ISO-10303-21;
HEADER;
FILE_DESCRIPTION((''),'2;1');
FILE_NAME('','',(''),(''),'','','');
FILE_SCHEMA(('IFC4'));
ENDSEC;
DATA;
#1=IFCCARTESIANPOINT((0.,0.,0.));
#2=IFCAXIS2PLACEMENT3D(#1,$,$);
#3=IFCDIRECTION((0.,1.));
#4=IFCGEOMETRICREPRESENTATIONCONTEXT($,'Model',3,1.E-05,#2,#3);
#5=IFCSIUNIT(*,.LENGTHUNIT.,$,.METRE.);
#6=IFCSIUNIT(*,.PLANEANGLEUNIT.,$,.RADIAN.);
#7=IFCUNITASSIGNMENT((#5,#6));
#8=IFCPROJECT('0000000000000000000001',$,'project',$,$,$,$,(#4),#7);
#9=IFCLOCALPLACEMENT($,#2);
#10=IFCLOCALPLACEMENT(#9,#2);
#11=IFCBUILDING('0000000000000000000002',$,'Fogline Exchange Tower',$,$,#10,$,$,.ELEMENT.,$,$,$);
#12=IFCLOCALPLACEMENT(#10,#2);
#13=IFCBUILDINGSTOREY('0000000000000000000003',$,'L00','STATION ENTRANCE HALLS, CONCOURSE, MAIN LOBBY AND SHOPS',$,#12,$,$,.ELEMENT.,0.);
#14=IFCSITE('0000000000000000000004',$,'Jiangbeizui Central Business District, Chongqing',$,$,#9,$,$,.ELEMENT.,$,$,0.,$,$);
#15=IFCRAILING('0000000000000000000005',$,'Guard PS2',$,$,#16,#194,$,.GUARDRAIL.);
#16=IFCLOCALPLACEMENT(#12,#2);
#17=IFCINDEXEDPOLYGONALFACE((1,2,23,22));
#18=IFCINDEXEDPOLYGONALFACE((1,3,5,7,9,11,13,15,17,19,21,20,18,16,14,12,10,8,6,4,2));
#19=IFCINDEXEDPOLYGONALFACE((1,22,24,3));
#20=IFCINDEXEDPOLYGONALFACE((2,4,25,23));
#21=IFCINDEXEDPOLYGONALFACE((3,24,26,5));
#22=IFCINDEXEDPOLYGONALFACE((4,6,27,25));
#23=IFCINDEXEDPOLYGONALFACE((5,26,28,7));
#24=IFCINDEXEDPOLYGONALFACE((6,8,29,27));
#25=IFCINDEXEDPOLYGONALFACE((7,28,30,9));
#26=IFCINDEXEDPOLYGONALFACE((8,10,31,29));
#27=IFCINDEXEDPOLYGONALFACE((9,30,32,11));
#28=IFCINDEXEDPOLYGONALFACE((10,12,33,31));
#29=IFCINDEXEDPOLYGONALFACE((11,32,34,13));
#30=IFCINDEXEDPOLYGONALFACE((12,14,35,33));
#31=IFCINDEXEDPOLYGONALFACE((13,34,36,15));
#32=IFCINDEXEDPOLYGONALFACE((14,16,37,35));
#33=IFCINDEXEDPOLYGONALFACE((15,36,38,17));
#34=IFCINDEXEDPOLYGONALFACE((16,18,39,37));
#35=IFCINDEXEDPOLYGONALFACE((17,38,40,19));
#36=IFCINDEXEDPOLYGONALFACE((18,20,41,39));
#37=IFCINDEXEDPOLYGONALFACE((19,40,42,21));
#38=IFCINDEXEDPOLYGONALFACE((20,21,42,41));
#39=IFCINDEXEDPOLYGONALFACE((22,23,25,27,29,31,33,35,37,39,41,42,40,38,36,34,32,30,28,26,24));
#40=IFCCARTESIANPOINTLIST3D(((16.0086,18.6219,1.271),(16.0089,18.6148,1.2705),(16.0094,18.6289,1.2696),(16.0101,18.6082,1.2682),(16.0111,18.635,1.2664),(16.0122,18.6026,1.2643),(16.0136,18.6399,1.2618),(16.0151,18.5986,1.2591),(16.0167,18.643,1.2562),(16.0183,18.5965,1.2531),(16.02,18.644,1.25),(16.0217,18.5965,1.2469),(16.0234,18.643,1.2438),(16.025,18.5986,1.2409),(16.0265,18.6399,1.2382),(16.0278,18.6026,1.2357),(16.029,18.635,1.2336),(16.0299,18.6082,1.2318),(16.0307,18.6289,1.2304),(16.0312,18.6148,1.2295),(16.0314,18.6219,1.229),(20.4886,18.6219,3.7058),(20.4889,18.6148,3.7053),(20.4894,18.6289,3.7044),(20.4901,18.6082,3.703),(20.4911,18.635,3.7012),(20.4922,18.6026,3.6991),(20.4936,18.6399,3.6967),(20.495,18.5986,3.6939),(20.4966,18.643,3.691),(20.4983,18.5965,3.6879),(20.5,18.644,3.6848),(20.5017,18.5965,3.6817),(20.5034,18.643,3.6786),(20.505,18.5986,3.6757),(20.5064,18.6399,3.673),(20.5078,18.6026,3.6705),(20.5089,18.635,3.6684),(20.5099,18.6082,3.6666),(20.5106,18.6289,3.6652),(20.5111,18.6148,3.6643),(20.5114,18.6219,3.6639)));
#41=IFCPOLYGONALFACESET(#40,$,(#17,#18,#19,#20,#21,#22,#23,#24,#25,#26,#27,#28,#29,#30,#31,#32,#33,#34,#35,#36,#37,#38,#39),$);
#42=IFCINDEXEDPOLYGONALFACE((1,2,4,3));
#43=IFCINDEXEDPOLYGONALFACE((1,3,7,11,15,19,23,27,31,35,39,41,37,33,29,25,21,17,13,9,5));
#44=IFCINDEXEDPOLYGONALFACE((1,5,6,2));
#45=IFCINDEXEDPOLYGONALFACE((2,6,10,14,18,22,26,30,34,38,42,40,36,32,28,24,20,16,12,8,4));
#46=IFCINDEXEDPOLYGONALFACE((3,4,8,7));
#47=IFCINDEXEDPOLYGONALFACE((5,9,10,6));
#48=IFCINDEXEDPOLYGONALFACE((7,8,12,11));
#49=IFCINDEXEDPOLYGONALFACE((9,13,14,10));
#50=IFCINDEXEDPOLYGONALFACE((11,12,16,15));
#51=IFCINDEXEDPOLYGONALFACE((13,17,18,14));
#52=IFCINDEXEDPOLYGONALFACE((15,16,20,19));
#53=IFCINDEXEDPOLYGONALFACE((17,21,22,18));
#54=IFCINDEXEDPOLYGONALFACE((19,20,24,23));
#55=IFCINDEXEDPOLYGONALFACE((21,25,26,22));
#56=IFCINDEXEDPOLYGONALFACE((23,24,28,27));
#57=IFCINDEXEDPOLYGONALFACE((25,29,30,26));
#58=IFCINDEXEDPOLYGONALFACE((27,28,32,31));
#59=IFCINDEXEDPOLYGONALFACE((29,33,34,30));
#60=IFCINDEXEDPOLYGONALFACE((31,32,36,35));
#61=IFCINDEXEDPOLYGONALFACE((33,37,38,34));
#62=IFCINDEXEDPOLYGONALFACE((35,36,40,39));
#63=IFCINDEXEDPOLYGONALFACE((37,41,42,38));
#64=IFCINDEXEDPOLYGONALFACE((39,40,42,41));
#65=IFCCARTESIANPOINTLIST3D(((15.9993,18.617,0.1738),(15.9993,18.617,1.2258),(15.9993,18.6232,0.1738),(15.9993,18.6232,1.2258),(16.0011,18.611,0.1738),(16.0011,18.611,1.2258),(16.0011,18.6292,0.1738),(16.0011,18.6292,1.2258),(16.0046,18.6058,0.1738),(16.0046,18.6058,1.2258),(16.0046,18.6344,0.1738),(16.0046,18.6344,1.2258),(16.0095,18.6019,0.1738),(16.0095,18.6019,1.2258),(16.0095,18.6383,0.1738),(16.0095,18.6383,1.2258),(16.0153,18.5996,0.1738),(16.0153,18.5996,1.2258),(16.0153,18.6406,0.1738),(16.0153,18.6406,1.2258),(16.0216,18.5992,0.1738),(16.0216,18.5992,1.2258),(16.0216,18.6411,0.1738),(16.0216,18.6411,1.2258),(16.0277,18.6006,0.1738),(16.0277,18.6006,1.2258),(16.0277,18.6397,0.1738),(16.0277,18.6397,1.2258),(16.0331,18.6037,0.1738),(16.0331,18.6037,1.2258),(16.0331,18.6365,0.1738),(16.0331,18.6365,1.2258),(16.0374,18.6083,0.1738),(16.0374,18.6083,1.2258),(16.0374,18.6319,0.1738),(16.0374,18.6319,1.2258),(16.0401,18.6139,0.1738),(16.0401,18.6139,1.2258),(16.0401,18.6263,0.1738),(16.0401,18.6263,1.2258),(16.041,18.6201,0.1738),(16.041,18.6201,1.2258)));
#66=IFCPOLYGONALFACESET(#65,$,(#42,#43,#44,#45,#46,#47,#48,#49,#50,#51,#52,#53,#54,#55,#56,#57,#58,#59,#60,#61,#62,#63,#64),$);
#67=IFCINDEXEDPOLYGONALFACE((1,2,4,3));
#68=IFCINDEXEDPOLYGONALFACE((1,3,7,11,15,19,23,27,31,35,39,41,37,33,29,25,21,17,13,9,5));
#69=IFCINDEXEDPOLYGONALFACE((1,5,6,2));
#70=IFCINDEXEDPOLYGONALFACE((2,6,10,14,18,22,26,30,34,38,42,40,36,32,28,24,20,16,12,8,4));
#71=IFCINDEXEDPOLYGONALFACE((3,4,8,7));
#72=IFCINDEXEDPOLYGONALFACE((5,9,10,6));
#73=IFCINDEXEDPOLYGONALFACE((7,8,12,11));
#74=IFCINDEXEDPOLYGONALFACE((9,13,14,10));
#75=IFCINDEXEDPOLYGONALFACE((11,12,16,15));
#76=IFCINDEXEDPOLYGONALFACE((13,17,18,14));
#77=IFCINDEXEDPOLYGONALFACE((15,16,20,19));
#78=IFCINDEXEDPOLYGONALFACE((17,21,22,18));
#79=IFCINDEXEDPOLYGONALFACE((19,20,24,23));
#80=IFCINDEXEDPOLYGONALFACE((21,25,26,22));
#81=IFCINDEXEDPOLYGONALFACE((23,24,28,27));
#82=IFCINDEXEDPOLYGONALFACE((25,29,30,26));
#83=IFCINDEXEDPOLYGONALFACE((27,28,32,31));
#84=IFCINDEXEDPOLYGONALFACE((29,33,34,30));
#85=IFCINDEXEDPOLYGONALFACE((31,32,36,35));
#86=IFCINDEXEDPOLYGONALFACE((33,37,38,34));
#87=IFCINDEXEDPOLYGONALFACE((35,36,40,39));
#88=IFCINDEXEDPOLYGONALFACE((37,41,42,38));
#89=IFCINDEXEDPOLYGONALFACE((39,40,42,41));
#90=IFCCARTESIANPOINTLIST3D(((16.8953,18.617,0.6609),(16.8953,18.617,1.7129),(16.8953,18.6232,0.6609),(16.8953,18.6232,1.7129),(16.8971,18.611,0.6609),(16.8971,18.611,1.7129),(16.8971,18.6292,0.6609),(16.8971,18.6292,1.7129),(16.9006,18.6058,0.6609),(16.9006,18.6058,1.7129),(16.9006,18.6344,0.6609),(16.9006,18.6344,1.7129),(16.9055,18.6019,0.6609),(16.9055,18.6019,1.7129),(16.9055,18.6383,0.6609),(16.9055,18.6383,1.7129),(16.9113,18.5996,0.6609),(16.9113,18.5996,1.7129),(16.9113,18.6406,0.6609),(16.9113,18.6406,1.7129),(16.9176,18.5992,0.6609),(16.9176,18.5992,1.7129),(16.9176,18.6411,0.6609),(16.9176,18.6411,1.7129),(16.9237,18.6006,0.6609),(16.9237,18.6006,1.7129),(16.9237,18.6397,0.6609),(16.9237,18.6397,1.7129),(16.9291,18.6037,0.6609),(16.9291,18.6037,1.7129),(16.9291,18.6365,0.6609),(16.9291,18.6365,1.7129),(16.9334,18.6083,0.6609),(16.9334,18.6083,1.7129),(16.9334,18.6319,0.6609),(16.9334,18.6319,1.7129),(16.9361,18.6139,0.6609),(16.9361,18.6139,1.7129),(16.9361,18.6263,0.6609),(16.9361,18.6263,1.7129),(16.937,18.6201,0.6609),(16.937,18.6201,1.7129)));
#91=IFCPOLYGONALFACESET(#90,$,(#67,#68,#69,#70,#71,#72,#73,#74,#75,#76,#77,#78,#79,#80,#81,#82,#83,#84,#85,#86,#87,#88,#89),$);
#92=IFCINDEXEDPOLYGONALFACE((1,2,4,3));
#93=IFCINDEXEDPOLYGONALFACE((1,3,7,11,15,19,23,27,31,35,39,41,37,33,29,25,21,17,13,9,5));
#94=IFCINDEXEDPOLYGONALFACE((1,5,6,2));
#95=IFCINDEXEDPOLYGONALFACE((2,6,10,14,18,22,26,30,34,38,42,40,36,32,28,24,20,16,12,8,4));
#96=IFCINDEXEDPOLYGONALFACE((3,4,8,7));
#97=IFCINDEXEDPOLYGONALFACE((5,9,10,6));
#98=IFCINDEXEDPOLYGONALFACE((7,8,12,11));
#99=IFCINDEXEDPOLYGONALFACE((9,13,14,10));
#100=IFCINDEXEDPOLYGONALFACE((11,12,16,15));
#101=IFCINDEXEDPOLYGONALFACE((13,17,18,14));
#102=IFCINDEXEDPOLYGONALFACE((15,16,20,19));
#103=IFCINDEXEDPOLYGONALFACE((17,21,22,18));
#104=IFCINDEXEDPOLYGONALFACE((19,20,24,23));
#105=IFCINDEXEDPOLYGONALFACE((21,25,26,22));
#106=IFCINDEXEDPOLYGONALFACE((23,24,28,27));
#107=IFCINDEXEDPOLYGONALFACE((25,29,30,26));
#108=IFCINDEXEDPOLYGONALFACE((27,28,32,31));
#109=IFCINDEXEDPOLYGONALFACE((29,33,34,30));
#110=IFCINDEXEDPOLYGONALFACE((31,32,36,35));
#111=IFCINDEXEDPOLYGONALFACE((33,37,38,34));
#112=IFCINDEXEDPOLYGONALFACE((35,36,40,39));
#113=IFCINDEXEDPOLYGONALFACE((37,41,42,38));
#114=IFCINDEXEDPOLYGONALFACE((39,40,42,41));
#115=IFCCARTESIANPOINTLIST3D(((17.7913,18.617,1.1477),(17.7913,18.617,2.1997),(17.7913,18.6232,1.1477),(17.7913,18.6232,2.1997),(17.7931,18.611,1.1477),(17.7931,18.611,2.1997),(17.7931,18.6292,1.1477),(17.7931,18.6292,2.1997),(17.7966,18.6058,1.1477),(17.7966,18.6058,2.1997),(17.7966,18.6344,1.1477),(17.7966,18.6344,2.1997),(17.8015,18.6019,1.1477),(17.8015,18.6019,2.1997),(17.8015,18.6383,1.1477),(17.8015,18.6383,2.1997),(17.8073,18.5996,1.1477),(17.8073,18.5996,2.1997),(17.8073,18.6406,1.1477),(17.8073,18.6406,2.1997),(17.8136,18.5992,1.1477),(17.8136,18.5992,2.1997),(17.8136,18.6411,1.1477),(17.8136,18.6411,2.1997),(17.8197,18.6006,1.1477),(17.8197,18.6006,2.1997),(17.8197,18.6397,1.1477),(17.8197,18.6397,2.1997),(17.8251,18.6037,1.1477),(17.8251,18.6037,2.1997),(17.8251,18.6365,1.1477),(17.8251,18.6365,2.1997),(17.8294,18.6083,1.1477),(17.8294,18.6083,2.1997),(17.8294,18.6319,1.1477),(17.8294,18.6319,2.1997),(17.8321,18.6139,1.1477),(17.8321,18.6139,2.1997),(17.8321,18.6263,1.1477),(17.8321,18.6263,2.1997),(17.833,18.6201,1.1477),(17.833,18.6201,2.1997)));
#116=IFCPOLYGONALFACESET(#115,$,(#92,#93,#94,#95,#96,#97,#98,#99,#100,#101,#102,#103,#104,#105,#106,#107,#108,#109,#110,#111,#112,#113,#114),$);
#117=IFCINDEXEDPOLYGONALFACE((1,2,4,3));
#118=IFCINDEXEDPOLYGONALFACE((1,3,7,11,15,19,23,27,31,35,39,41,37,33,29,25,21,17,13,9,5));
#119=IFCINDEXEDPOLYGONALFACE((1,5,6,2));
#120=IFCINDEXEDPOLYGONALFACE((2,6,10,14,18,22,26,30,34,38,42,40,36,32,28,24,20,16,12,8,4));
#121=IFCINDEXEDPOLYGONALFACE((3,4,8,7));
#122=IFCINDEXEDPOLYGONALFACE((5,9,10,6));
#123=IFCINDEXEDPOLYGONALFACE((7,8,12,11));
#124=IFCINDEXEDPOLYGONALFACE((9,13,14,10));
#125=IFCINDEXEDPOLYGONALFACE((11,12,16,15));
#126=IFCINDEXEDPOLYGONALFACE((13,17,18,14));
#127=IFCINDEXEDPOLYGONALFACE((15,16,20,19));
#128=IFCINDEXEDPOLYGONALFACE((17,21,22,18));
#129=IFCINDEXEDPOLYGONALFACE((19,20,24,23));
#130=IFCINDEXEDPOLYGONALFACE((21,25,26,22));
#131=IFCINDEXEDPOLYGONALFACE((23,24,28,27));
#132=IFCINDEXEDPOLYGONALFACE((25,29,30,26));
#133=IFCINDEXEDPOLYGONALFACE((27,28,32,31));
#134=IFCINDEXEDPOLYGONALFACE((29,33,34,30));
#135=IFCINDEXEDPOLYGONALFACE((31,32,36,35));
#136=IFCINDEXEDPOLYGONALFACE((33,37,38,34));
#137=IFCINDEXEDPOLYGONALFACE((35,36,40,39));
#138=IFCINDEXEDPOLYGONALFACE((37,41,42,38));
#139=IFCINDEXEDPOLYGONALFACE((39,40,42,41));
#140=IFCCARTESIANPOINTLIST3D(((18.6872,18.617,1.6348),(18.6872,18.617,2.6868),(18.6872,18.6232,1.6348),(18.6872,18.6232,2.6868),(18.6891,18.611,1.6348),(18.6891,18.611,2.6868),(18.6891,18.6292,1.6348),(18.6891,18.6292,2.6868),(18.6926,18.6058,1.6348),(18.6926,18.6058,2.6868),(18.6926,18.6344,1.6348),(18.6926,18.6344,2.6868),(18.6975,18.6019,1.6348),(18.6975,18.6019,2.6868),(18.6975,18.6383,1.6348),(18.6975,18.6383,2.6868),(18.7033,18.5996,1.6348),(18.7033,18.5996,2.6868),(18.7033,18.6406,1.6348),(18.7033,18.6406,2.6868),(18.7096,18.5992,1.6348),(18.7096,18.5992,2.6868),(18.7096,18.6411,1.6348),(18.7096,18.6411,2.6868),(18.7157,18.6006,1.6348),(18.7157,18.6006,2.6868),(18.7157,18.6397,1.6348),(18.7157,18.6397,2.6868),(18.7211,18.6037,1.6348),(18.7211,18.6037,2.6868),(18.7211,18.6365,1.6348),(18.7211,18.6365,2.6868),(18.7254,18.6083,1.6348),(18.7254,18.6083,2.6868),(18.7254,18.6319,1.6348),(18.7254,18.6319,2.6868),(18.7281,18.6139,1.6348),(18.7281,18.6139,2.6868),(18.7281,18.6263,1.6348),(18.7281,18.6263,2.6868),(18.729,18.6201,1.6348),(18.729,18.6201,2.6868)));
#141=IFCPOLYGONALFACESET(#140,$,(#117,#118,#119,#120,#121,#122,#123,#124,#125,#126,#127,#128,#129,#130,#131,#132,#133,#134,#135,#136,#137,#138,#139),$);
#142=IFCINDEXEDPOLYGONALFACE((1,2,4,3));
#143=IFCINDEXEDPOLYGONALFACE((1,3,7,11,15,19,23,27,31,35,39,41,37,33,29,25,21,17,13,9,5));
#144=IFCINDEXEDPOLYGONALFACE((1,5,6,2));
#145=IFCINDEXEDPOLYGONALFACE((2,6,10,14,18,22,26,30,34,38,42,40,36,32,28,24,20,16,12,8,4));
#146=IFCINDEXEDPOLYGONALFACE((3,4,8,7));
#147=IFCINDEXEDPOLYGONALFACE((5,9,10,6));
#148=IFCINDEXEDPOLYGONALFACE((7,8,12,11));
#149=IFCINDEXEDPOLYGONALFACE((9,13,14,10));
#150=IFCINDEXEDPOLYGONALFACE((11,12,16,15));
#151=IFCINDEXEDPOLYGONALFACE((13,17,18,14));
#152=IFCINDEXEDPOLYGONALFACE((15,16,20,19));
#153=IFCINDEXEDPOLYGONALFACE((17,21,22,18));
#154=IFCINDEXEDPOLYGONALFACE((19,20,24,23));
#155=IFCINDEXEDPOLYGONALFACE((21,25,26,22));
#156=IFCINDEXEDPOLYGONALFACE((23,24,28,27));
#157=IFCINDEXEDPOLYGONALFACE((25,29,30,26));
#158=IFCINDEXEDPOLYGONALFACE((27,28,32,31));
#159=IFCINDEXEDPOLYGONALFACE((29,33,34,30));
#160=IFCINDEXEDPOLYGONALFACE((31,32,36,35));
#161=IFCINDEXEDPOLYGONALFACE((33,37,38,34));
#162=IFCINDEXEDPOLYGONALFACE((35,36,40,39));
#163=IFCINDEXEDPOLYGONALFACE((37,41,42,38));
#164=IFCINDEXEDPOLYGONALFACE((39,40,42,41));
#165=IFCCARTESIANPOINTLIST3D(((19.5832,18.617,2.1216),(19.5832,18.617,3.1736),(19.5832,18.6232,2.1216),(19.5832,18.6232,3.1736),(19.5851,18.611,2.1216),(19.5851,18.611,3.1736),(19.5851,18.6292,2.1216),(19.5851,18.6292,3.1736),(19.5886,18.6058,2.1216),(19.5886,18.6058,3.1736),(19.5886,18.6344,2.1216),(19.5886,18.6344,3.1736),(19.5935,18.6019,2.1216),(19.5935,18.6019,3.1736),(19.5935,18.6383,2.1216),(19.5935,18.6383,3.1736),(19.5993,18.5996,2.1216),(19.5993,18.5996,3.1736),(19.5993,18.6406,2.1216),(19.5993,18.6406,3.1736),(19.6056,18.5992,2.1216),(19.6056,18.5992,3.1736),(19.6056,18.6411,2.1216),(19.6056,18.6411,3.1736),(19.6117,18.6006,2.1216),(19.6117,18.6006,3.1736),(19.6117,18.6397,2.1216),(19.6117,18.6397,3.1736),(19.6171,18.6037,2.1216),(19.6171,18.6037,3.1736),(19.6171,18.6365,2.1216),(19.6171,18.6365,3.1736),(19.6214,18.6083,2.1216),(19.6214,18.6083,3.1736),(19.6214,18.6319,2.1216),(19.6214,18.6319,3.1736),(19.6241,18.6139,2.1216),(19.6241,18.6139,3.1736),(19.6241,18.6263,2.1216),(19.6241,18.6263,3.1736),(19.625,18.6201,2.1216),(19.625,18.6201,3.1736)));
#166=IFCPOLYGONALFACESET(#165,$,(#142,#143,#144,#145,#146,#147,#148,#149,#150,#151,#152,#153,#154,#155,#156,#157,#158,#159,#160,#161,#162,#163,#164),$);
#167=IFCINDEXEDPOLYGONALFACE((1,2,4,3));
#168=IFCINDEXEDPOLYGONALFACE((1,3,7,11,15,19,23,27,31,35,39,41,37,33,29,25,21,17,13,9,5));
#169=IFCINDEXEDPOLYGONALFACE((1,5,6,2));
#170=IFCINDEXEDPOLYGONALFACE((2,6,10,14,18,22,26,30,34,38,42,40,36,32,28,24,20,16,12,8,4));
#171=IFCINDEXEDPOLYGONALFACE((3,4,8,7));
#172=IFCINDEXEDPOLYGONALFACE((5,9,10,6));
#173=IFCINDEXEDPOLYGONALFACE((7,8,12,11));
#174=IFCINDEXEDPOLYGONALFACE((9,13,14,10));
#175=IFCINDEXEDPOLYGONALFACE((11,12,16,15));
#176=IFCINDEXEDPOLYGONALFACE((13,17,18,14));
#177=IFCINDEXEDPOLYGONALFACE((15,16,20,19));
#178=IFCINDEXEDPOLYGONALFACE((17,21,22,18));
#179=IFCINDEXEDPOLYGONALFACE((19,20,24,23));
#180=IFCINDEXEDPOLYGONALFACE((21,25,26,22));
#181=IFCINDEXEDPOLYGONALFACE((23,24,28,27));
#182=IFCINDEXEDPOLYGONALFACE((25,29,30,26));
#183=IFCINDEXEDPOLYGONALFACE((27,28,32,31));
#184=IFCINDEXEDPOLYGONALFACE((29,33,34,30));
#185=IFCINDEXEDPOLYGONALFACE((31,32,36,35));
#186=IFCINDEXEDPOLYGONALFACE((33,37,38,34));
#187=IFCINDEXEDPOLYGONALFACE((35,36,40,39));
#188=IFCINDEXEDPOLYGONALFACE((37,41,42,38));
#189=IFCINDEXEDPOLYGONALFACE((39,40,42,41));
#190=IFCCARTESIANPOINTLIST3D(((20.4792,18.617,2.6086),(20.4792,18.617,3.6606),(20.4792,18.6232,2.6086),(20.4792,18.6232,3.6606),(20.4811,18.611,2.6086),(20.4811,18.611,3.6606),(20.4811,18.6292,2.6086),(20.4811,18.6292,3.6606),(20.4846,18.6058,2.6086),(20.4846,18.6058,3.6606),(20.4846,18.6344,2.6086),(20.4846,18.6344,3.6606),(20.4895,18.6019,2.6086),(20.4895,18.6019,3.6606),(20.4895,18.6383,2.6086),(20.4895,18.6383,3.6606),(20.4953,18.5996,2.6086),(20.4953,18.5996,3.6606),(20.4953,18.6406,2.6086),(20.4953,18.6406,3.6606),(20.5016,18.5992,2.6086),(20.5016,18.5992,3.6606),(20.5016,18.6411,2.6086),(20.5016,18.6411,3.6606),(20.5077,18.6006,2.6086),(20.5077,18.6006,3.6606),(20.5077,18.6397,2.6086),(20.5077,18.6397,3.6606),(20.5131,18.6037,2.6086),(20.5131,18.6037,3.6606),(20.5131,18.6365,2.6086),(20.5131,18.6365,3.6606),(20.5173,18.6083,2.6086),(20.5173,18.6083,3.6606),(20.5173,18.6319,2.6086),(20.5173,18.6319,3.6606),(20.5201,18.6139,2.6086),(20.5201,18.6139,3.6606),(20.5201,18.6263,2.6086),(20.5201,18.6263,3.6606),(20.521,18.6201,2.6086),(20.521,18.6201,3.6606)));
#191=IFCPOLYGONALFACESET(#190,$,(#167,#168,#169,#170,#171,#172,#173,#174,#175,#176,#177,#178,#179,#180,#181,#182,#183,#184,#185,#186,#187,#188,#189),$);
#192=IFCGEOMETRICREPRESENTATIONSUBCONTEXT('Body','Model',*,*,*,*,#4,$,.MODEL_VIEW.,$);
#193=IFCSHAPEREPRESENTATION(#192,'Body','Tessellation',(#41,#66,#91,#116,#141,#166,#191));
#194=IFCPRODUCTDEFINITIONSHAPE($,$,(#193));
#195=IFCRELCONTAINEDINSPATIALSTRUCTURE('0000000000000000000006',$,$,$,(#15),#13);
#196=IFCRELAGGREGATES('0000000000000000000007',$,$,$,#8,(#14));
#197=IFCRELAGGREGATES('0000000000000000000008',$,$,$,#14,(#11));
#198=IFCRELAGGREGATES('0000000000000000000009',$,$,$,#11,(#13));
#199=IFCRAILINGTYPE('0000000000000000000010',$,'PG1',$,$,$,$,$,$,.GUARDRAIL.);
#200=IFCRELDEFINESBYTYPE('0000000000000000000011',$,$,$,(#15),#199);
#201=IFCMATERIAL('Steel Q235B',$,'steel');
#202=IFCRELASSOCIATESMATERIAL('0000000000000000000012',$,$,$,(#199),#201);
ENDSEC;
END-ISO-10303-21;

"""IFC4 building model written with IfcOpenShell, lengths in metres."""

from ifc_helpers import new_model, si_unit, direction, frame, origin, origin_2d, place, context, subcontext, project, spatial, circle, extrude, material, type_object, element, save


model = new_model("IFC4")

# Units and contexts
model_context = context("Model", 3, precision=1e-05, world=origin(), true_north=direction((0.0, 1.0)))
body_context = subcontext(model_context, "Body", "Model", "MODEL_VIEW")
ifc_project = project(units=[si_unit("LENGTHUNIT", "METRE"), si_unit("PLANEANGLEUNIT", "RADIAN")], contexts=[model_context])

# Site, building, storey
site_placement = place(None, origin())
site = spatial("IfcSite", under=ifc_project, at=site_placement, Name="Jiangbeizui Central Business District, Chongqing", CompositionType="ELEMENT", RefElevation=0.0)
building_placement = place(site_placement, origin())
building = spatial("IfcBuilding", under=site, at=building_placement, Name="Fogline Exchange Tower", CompositionType="ELEMENT")
storey_placement = place(building_placement, origin())
storey = spatial("IfcBuildingStorey", under=building, at=storey_placement, Name="L00", Description="STATION ENTRANCE HALLS, CONCOURSE, MAIN LOBBY AND SHOPS", CompositionType="ELEMENT", Elevation=0.0)

# Shared definitions
ifc_material_1 = material(Name="Steel Q235B", Category="steel")

# Railing
railing_type_1 = type_object("IfcRailingType", Name="PG1", PredefinedType="GUARDRAIL", material=ifc_material_1)
for number, where, name in (
    (1, (16.02, 18.6201, 0.1738), "Guard PS2"),
):
    element("IfcRailing", number, at=place(storey_placement, frame(where)), inside=storey, type_object=railing_type_1, Name=name, PredefinedType="GUARDRAIL", context=body_context, shape_type="SweptSolid", body=[
        extrude(circle(Radius=0.0239, at=origin_2d()), frame((0.0, 0.0, 1.0762), z_axis=(0.878621, 0.0, 0.47752), x_axis=(0.0, 1.0, 0.0)), (0.0, 0.0, 1.0), 5.0989),
        extrude(circle(Radius=0.021, at=origin_2d()), origin(), (0.0, 0.0, 1.0), 1.052),
        extrude(circle(Radius=0.021, at=origin_2d()), frame((0.896, 0.0, 0.4871)), (0.0, 0.0, 1.0), 1.052),
        extrude(circle(Radius=0.021, at=origin_2d()), frame((1.792, 0.0, 0.9739)), (0.0, 0.0, 1.0), 1.052),
        extrude(circle(Radius=0.021, at=origin_2d()), frame((2.688, 0.0, 1.4609)), (0.0, 0.0, 1.0), 1.052),
        extrude(circle(Radius=0.021, at=origin_2d()), frame((3.584, 0.0, 1.9478)), (0.0, 0.0, 1.0), 1.052),
        extrude(circle(Radius=0.021, at=origin_2d()), frame((4.48, 0.0, 2.4348)), (0.0, 0.0, 1.0), 1.052),
    ])

save(model, "model.ifc")
